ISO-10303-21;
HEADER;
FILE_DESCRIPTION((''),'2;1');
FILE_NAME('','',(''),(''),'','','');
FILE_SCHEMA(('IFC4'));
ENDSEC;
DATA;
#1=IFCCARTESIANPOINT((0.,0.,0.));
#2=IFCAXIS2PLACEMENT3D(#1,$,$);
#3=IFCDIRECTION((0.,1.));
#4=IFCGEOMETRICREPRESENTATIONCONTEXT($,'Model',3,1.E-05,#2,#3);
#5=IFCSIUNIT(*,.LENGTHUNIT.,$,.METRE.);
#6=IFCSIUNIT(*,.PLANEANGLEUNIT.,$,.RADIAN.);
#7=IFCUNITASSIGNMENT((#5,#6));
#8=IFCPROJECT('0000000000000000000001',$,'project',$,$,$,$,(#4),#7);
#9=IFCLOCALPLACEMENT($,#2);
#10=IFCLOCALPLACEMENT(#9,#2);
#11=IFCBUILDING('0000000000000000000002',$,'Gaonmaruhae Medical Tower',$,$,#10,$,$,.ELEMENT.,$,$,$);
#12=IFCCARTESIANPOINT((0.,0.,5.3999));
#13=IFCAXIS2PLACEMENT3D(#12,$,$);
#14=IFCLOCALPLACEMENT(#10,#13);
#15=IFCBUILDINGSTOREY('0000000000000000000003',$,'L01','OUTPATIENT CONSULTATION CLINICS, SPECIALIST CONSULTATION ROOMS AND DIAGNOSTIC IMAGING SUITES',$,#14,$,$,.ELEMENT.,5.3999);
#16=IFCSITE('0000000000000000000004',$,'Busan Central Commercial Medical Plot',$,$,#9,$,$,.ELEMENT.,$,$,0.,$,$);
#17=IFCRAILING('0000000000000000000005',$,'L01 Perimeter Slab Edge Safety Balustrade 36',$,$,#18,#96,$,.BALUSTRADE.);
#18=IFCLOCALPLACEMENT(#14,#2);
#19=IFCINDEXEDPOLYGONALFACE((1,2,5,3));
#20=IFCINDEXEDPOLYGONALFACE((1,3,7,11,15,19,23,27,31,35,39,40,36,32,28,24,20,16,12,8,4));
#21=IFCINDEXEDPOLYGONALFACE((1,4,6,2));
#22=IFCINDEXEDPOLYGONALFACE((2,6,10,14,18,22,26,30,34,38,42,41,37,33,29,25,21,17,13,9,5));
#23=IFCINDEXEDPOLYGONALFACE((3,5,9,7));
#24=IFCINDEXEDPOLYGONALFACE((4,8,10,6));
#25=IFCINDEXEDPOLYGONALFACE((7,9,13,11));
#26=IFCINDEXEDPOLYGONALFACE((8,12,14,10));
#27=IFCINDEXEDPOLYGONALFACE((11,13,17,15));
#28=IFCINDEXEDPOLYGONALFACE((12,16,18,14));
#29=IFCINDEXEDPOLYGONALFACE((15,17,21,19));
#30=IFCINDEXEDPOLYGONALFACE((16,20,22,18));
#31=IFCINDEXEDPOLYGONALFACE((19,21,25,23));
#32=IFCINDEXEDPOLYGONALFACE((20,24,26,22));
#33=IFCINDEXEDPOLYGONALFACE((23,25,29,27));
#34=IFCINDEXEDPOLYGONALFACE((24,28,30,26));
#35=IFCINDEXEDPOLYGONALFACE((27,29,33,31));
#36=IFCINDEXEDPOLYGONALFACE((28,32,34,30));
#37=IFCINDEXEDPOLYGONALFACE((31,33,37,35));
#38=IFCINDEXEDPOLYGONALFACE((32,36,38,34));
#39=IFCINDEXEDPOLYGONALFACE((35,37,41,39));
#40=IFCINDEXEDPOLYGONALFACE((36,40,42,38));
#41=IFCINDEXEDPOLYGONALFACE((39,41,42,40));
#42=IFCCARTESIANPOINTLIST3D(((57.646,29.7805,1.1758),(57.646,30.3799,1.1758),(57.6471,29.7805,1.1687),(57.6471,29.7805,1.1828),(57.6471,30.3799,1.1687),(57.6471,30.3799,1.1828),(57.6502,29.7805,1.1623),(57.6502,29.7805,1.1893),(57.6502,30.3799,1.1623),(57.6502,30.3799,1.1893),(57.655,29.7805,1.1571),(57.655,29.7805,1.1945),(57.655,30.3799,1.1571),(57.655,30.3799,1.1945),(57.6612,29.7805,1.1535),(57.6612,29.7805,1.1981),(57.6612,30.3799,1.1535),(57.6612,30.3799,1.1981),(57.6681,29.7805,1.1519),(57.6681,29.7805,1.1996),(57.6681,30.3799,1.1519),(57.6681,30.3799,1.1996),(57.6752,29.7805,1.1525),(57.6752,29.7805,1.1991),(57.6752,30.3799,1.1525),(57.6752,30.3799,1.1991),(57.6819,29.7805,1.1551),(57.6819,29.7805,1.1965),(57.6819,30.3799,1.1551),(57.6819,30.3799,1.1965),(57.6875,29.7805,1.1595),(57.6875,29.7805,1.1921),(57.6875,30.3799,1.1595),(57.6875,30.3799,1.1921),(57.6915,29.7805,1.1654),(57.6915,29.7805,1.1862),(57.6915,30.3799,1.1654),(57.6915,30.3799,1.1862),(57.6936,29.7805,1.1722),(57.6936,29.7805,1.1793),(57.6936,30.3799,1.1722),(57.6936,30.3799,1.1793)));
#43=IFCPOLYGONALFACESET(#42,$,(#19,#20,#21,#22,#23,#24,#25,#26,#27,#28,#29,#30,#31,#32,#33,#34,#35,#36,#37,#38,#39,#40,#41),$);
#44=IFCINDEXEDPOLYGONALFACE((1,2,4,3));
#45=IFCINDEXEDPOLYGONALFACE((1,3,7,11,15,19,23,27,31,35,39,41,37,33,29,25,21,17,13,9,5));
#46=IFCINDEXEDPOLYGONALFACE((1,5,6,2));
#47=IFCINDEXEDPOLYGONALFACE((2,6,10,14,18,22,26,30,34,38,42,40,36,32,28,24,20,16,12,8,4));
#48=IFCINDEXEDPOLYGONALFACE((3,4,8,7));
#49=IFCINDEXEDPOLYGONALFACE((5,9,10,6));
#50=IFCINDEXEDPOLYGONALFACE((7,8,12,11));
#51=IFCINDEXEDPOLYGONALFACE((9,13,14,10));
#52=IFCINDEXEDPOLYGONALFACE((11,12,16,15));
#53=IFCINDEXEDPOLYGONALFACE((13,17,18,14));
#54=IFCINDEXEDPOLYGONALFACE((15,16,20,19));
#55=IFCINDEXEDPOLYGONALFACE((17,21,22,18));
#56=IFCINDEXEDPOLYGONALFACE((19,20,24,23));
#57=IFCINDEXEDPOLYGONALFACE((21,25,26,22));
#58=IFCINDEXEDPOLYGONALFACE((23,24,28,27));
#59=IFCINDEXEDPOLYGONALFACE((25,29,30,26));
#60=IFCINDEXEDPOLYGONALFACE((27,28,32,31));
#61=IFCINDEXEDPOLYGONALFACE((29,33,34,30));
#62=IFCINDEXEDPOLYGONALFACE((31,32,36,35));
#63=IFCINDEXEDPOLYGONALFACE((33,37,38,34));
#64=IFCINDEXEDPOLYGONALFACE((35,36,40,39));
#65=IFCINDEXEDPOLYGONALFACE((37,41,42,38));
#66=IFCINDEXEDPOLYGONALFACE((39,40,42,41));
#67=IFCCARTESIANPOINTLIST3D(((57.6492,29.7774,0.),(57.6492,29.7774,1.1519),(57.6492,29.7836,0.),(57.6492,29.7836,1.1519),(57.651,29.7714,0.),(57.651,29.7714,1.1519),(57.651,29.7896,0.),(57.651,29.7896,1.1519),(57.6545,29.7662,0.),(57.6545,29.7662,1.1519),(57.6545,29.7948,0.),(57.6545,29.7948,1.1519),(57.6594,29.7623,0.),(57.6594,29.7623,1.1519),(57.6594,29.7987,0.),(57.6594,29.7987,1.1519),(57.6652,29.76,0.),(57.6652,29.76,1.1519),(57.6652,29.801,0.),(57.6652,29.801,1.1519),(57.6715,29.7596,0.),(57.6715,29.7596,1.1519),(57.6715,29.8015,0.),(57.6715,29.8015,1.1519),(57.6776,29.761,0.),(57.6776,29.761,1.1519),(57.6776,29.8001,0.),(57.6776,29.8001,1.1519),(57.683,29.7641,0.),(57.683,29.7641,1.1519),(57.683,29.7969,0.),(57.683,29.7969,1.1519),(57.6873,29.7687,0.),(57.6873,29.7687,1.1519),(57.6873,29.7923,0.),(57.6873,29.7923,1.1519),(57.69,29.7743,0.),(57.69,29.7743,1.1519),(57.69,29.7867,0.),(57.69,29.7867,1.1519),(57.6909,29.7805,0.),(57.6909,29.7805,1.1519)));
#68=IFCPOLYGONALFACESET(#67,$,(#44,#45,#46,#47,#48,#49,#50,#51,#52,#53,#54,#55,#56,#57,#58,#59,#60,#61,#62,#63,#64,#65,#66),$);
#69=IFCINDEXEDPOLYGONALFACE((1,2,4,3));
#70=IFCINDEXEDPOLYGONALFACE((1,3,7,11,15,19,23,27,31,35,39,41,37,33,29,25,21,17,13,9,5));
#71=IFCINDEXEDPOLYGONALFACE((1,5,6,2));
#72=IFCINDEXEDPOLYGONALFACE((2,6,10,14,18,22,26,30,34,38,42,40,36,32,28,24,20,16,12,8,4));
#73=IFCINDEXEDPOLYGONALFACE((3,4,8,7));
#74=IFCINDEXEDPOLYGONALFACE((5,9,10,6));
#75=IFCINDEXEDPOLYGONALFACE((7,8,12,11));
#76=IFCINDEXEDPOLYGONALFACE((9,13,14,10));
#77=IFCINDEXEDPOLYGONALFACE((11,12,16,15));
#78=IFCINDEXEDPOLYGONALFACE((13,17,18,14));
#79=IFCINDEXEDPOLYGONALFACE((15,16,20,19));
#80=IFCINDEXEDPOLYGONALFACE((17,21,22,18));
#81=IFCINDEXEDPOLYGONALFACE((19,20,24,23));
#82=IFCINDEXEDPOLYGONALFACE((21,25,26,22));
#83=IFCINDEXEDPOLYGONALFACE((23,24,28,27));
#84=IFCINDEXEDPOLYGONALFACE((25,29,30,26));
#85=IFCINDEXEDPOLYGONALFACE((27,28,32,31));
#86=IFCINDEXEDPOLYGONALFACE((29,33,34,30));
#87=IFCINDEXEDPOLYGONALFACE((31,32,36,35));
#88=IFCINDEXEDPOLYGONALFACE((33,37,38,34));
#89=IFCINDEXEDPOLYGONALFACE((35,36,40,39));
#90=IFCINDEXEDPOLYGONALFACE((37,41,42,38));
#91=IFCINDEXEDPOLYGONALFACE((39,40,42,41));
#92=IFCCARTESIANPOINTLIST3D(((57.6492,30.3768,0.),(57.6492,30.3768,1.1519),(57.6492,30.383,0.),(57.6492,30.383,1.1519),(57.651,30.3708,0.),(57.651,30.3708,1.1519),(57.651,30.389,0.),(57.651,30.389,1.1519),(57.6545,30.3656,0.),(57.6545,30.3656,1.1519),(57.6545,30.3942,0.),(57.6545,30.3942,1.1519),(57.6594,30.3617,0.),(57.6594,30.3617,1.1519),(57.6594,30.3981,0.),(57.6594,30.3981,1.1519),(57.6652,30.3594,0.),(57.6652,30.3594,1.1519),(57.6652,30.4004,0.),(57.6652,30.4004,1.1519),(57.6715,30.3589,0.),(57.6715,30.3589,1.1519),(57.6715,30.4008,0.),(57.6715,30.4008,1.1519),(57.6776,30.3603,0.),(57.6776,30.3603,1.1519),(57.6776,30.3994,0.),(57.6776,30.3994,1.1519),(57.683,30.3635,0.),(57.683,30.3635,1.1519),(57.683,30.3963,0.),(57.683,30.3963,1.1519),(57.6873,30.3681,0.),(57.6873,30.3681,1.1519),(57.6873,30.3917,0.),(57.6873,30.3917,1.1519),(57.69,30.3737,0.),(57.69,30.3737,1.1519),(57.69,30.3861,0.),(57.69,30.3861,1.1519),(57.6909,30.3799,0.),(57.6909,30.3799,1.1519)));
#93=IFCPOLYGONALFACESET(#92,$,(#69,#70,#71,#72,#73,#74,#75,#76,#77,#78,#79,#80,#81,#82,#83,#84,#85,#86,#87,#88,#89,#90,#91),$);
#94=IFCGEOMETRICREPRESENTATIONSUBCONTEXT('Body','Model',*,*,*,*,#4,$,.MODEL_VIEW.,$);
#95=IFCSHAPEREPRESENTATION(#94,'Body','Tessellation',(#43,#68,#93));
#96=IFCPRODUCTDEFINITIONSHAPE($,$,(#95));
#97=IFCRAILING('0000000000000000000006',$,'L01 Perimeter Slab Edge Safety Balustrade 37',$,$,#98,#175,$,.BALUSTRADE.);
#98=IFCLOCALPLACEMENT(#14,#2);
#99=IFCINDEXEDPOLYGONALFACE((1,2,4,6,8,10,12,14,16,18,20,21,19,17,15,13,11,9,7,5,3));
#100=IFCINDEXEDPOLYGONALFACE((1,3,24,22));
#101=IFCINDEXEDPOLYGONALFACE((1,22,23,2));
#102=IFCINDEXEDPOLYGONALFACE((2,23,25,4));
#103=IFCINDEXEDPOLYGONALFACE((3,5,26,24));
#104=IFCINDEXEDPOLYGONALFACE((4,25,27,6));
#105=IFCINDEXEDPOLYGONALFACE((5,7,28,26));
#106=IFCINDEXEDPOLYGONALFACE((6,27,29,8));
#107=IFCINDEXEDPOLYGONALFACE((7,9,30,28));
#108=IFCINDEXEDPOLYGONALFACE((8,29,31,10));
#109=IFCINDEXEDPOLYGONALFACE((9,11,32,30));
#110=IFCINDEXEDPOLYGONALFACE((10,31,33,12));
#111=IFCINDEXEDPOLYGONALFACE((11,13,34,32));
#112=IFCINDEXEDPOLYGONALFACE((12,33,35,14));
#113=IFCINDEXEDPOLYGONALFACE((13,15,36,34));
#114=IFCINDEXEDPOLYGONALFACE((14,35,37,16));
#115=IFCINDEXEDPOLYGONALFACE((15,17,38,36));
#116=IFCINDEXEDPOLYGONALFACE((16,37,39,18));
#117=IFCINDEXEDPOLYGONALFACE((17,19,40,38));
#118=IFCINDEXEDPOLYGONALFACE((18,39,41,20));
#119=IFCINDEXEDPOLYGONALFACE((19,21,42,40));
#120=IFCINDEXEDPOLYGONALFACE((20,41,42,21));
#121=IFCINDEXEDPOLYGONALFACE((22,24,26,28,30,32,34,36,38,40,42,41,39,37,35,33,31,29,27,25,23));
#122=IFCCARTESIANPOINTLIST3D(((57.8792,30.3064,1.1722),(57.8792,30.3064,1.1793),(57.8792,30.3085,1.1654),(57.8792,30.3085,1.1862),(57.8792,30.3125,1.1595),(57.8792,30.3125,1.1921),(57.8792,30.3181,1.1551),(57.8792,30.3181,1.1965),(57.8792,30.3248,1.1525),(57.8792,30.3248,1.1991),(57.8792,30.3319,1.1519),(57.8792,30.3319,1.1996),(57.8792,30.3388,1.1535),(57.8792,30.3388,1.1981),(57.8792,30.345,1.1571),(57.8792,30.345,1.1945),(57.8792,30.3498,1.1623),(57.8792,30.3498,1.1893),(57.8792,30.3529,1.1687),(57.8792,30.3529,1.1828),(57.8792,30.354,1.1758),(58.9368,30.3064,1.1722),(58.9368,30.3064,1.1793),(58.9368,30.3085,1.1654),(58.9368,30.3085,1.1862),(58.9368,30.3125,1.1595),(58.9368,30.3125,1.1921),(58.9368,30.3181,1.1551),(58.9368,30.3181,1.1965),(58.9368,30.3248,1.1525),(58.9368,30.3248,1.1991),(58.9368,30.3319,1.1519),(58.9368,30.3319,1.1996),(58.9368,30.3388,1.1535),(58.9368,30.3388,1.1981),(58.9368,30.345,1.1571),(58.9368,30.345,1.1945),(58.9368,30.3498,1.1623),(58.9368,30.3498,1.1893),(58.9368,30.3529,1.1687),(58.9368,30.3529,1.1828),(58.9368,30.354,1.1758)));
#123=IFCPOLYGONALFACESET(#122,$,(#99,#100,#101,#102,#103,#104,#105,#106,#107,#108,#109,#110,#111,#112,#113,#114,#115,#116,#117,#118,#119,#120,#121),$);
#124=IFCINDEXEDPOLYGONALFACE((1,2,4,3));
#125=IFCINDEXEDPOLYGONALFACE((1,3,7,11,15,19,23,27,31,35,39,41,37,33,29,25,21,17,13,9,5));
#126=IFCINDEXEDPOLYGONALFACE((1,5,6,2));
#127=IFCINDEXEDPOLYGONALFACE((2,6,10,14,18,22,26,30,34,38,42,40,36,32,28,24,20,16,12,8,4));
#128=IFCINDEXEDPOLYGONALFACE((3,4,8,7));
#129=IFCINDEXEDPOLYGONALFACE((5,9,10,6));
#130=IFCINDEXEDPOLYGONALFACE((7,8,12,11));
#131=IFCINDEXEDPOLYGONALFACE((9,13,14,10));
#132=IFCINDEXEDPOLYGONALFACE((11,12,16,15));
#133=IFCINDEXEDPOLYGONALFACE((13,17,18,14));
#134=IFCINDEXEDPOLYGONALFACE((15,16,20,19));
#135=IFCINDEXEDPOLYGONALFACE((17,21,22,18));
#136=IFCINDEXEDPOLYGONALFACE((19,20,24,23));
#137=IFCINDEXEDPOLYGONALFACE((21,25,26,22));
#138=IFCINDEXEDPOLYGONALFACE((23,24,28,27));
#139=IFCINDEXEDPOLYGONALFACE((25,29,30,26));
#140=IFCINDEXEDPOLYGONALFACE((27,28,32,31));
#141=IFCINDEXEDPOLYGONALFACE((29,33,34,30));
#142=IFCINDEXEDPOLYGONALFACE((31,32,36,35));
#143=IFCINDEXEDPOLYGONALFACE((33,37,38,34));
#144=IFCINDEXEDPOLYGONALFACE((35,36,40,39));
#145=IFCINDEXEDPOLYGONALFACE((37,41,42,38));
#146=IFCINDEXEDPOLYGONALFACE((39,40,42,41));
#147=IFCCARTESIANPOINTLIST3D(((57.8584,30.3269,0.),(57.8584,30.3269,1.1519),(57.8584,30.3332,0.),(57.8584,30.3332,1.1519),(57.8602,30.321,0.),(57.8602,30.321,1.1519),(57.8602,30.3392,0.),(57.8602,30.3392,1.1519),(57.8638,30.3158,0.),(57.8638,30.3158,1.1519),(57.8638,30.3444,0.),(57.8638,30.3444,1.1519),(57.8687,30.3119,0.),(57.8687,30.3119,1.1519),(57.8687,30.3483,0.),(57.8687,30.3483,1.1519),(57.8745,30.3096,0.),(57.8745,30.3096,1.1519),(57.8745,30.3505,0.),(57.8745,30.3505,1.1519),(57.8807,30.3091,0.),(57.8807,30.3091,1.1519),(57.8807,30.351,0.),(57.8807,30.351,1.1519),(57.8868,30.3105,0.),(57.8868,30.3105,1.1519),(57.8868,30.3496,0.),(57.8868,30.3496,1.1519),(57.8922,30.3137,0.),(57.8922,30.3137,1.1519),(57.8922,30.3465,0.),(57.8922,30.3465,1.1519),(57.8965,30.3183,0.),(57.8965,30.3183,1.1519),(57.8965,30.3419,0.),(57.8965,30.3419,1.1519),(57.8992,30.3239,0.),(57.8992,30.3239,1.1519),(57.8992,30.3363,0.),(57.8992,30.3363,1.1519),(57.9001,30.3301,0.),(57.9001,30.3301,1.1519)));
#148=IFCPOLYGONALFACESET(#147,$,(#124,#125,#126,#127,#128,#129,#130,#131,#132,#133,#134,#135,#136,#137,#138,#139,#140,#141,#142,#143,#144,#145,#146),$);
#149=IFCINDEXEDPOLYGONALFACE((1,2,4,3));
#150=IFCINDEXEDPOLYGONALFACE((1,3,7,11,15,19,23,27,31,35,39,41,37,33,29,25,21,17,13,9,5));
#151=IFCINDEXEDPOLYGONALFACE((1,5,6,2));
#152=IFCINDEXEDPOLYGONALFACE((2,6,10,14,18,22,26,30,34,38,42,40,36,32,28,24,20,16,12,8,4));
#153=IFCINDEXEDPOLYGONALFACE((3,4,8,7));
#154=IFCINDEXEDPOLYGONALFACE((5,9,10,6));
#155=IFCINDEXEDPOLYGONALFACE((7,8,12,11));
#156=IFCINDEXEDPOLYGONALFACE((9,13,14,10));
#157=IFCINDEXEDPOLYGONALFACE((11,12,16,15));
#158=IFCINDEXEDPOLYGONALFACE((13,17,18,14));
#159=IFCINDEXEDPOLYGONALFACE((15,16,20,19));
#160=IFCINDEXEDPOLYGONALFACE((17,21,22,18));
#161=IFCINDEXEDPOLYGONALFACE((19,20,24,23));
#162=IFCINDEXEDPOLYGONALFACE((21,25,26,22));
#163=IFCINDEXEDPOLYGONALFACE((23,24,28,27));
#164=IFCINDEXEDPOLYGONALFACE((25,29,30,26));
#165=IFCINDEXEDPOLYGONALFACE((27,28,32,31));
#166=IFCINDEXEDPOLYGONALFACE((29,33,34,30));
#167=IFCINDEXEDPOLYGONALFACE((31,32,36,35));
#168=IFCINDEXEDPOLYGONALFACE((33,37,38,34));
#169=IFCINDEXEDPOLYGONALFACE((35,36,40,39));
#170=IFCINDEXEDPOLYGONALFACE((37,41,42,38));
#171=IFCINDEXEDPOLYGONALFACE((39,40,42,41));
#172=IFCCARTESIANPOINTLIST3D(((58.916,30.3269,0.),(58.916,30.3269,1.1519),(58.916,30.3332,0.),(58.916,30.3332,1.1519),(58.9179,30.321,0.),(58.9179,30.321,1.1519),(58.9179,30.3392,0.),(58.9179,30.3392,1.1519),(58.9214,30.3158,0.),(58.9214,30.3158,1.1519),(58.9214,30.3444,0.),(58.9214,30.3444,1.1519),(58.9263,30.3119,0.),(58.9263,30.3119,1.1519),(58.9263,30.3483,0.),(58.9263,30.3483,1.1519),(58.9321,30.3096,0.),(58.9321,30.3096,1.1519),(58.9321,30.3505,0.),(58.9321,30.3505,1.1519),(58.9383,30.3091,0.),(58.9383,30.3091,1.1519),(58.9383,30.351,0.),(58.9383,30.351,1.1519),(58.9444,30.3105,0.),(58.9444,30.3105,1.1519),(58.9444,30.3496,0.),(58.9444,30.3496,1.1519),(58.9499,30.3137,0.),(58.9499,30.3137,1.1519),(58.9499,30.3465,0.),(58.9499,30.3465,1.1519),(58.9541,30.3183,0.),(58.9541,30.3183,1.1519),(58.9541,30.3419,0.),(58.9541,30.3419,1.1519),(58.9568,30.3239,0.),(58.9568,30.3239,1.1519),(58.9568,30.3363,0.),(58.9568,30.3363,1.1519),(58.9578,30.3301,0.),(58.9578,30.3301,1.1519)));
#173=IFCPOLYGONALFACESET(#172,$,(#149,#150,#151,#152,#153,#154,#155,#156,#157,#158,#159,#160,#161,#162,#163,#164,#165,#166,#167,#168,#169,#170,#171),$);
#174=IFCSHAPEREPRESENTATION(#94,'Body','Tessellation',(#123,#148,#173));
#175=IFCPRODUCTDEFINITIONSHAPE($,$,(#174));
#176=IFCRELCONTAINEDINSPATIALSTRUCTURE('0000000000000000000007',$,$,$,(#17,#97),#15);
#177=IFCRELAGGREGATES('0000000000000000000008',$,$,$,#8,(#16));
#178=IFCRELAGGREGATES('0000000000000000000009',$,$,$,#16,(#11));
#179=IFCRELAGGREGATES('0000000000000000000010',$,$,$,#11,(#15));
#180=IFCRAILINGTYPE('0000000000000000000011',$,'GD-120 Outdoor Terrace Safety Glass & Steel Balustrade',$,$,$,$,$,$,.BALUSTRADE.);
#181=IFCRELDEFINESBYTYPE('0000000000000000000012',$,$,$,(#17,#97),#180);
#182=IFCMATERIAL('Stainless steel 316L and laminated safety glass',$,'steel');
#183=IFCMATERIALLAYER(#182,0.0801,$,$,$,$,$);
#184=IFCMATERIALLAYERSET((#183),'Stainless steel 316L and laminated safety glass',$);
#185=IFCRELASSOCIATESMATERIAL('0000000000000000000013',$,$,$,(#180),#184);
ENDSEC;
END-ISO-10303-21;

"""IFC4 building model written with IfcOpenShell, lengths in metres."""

from ifc_helpers import new_model, si_unit, direction, frame, origin, origin_2d, place, context, subcontext, project, spatial, circle, extrude, material, layer, layer_set, type_object, element, save


model = new_model("IFC4")

# Units and contexts
model_context = context("Model", 3, precision=1e-05, world=origin(), true_north=direction((0.0, 1.0)))
body_context = subcontext(model_context, "Body", "Model", "MODEL_VIEW")
ifc_project = project(units=[si_unit("LENGTHUNIT", "METRE"), si_unit("PLANEANGLEUNIT", "RADIAN")], contexts=[model_context])

# Site, building, storey
site_placement = place(None, origin())
site = spatial("IfcSite", under=ifc_project, at=site_placement, Name="Busan Central Commercial Medical Plot", CompositionType="ELEMENT", RefElevation=0.0)
building_placement = place(site_placement, origin())
building = spatial("IfcBuilding", under=site, at=building_placement, Name="Gaonmaruhae Medical Tower", CompositionType="ELEMENT")
storey_placement = place(building_placement, frame((0.0, 0.0, 5.3999)))
storey = spatial("IfcBuildingStorey", under=building, at=storey_placement, Name="L01", Description="OUTPATIENT CONSULTATION CLINICS, SPECIALIST CONSULTATION ROOMS AND DIAGNOSTIC IMAGING SUITES", CompositionType="ELEMENT", Elevation=5.3999)

# Railings
ifc_material_1 = material(Name="Stainless steel 316L and laminated safety glass", Category="steel")
ifc_layer_1 = layer(ifc_material_1, 0.0801)
ifc_layer_set_1 = layer_set([ifc_layer_1], Name="Stainless steel 316L and laminated safety glass")
railing_type = type_object("IfcRailingType", Name="GD-120 Outdoor Terrace Safety Glass & Steel Balustrade", PredefinedType="BALUSTRADE", material=ifc_layer_set_1)
railing_1_placement = place(storey_placement, frame((57.6699, 29.7805, 0.0)))
element("IfcRailing", 1, at=railing_1_placement, inside=storey, type_object=railing_type, Name="L01 Perimeter Slab Edge Safety Balustrade 36", PredefinedType="BALUSTRADE", context=body_context, shape_type="SweptSolid", body=[
    extrude(circle(Radius=0.0239, at=origin_2d()), frame((0.0, 0.0, 1.1758), z_axis=(0.0, 1.0, 0.0), x_axis=(-1.0, 0.0, 0.0)), (0.0, 0.0, 1.0), 0.5994),
    extrude(circle(Radius=0.021, at=origin_2d()), origin(), (0.0, 0.0, 1.0), 1.1519),
    extrude(circle(Radius=0.021, at=origin_2d()), frame((0.0, 0.5994, 0.0)), (0.0, 0.0, 1.0), 1.1519),
])
railing_2_placement = place(storey_placement, frame((57.8792, 30.3301, 0.0)))
element("IfcRailing", 2, at=railing_2_placement, inside=storey, type_object=railing_type, Name="L01 Perimeter Slab Edge Safety Balustrade 37", PredefinedType="BALUSTRADE", context=body_context, shape_type="SweptSolid", body=[
    extrude(circle(Radius=0.0239, at=origin_2d()), frame((0.0, 0.0, 1.1758), z_axis=(1.0, 0.0, 0.0), x_axis=(0.0, 1.0, 0.0)), (0.0, 0.0, 1.0), 1.0576),
    extrude(circle(Radius=0.021, at=origin_2d()), origin(), (0.0, 0.0, 1.0), 1.1519),
    extrude(circle(Radius=0.021, at=origin_2d()), frame((1.0576, 0.0, 0.0)), (0.0, 0.0, 1.0), 1.1519),
])

save(model, "model.ifc")
